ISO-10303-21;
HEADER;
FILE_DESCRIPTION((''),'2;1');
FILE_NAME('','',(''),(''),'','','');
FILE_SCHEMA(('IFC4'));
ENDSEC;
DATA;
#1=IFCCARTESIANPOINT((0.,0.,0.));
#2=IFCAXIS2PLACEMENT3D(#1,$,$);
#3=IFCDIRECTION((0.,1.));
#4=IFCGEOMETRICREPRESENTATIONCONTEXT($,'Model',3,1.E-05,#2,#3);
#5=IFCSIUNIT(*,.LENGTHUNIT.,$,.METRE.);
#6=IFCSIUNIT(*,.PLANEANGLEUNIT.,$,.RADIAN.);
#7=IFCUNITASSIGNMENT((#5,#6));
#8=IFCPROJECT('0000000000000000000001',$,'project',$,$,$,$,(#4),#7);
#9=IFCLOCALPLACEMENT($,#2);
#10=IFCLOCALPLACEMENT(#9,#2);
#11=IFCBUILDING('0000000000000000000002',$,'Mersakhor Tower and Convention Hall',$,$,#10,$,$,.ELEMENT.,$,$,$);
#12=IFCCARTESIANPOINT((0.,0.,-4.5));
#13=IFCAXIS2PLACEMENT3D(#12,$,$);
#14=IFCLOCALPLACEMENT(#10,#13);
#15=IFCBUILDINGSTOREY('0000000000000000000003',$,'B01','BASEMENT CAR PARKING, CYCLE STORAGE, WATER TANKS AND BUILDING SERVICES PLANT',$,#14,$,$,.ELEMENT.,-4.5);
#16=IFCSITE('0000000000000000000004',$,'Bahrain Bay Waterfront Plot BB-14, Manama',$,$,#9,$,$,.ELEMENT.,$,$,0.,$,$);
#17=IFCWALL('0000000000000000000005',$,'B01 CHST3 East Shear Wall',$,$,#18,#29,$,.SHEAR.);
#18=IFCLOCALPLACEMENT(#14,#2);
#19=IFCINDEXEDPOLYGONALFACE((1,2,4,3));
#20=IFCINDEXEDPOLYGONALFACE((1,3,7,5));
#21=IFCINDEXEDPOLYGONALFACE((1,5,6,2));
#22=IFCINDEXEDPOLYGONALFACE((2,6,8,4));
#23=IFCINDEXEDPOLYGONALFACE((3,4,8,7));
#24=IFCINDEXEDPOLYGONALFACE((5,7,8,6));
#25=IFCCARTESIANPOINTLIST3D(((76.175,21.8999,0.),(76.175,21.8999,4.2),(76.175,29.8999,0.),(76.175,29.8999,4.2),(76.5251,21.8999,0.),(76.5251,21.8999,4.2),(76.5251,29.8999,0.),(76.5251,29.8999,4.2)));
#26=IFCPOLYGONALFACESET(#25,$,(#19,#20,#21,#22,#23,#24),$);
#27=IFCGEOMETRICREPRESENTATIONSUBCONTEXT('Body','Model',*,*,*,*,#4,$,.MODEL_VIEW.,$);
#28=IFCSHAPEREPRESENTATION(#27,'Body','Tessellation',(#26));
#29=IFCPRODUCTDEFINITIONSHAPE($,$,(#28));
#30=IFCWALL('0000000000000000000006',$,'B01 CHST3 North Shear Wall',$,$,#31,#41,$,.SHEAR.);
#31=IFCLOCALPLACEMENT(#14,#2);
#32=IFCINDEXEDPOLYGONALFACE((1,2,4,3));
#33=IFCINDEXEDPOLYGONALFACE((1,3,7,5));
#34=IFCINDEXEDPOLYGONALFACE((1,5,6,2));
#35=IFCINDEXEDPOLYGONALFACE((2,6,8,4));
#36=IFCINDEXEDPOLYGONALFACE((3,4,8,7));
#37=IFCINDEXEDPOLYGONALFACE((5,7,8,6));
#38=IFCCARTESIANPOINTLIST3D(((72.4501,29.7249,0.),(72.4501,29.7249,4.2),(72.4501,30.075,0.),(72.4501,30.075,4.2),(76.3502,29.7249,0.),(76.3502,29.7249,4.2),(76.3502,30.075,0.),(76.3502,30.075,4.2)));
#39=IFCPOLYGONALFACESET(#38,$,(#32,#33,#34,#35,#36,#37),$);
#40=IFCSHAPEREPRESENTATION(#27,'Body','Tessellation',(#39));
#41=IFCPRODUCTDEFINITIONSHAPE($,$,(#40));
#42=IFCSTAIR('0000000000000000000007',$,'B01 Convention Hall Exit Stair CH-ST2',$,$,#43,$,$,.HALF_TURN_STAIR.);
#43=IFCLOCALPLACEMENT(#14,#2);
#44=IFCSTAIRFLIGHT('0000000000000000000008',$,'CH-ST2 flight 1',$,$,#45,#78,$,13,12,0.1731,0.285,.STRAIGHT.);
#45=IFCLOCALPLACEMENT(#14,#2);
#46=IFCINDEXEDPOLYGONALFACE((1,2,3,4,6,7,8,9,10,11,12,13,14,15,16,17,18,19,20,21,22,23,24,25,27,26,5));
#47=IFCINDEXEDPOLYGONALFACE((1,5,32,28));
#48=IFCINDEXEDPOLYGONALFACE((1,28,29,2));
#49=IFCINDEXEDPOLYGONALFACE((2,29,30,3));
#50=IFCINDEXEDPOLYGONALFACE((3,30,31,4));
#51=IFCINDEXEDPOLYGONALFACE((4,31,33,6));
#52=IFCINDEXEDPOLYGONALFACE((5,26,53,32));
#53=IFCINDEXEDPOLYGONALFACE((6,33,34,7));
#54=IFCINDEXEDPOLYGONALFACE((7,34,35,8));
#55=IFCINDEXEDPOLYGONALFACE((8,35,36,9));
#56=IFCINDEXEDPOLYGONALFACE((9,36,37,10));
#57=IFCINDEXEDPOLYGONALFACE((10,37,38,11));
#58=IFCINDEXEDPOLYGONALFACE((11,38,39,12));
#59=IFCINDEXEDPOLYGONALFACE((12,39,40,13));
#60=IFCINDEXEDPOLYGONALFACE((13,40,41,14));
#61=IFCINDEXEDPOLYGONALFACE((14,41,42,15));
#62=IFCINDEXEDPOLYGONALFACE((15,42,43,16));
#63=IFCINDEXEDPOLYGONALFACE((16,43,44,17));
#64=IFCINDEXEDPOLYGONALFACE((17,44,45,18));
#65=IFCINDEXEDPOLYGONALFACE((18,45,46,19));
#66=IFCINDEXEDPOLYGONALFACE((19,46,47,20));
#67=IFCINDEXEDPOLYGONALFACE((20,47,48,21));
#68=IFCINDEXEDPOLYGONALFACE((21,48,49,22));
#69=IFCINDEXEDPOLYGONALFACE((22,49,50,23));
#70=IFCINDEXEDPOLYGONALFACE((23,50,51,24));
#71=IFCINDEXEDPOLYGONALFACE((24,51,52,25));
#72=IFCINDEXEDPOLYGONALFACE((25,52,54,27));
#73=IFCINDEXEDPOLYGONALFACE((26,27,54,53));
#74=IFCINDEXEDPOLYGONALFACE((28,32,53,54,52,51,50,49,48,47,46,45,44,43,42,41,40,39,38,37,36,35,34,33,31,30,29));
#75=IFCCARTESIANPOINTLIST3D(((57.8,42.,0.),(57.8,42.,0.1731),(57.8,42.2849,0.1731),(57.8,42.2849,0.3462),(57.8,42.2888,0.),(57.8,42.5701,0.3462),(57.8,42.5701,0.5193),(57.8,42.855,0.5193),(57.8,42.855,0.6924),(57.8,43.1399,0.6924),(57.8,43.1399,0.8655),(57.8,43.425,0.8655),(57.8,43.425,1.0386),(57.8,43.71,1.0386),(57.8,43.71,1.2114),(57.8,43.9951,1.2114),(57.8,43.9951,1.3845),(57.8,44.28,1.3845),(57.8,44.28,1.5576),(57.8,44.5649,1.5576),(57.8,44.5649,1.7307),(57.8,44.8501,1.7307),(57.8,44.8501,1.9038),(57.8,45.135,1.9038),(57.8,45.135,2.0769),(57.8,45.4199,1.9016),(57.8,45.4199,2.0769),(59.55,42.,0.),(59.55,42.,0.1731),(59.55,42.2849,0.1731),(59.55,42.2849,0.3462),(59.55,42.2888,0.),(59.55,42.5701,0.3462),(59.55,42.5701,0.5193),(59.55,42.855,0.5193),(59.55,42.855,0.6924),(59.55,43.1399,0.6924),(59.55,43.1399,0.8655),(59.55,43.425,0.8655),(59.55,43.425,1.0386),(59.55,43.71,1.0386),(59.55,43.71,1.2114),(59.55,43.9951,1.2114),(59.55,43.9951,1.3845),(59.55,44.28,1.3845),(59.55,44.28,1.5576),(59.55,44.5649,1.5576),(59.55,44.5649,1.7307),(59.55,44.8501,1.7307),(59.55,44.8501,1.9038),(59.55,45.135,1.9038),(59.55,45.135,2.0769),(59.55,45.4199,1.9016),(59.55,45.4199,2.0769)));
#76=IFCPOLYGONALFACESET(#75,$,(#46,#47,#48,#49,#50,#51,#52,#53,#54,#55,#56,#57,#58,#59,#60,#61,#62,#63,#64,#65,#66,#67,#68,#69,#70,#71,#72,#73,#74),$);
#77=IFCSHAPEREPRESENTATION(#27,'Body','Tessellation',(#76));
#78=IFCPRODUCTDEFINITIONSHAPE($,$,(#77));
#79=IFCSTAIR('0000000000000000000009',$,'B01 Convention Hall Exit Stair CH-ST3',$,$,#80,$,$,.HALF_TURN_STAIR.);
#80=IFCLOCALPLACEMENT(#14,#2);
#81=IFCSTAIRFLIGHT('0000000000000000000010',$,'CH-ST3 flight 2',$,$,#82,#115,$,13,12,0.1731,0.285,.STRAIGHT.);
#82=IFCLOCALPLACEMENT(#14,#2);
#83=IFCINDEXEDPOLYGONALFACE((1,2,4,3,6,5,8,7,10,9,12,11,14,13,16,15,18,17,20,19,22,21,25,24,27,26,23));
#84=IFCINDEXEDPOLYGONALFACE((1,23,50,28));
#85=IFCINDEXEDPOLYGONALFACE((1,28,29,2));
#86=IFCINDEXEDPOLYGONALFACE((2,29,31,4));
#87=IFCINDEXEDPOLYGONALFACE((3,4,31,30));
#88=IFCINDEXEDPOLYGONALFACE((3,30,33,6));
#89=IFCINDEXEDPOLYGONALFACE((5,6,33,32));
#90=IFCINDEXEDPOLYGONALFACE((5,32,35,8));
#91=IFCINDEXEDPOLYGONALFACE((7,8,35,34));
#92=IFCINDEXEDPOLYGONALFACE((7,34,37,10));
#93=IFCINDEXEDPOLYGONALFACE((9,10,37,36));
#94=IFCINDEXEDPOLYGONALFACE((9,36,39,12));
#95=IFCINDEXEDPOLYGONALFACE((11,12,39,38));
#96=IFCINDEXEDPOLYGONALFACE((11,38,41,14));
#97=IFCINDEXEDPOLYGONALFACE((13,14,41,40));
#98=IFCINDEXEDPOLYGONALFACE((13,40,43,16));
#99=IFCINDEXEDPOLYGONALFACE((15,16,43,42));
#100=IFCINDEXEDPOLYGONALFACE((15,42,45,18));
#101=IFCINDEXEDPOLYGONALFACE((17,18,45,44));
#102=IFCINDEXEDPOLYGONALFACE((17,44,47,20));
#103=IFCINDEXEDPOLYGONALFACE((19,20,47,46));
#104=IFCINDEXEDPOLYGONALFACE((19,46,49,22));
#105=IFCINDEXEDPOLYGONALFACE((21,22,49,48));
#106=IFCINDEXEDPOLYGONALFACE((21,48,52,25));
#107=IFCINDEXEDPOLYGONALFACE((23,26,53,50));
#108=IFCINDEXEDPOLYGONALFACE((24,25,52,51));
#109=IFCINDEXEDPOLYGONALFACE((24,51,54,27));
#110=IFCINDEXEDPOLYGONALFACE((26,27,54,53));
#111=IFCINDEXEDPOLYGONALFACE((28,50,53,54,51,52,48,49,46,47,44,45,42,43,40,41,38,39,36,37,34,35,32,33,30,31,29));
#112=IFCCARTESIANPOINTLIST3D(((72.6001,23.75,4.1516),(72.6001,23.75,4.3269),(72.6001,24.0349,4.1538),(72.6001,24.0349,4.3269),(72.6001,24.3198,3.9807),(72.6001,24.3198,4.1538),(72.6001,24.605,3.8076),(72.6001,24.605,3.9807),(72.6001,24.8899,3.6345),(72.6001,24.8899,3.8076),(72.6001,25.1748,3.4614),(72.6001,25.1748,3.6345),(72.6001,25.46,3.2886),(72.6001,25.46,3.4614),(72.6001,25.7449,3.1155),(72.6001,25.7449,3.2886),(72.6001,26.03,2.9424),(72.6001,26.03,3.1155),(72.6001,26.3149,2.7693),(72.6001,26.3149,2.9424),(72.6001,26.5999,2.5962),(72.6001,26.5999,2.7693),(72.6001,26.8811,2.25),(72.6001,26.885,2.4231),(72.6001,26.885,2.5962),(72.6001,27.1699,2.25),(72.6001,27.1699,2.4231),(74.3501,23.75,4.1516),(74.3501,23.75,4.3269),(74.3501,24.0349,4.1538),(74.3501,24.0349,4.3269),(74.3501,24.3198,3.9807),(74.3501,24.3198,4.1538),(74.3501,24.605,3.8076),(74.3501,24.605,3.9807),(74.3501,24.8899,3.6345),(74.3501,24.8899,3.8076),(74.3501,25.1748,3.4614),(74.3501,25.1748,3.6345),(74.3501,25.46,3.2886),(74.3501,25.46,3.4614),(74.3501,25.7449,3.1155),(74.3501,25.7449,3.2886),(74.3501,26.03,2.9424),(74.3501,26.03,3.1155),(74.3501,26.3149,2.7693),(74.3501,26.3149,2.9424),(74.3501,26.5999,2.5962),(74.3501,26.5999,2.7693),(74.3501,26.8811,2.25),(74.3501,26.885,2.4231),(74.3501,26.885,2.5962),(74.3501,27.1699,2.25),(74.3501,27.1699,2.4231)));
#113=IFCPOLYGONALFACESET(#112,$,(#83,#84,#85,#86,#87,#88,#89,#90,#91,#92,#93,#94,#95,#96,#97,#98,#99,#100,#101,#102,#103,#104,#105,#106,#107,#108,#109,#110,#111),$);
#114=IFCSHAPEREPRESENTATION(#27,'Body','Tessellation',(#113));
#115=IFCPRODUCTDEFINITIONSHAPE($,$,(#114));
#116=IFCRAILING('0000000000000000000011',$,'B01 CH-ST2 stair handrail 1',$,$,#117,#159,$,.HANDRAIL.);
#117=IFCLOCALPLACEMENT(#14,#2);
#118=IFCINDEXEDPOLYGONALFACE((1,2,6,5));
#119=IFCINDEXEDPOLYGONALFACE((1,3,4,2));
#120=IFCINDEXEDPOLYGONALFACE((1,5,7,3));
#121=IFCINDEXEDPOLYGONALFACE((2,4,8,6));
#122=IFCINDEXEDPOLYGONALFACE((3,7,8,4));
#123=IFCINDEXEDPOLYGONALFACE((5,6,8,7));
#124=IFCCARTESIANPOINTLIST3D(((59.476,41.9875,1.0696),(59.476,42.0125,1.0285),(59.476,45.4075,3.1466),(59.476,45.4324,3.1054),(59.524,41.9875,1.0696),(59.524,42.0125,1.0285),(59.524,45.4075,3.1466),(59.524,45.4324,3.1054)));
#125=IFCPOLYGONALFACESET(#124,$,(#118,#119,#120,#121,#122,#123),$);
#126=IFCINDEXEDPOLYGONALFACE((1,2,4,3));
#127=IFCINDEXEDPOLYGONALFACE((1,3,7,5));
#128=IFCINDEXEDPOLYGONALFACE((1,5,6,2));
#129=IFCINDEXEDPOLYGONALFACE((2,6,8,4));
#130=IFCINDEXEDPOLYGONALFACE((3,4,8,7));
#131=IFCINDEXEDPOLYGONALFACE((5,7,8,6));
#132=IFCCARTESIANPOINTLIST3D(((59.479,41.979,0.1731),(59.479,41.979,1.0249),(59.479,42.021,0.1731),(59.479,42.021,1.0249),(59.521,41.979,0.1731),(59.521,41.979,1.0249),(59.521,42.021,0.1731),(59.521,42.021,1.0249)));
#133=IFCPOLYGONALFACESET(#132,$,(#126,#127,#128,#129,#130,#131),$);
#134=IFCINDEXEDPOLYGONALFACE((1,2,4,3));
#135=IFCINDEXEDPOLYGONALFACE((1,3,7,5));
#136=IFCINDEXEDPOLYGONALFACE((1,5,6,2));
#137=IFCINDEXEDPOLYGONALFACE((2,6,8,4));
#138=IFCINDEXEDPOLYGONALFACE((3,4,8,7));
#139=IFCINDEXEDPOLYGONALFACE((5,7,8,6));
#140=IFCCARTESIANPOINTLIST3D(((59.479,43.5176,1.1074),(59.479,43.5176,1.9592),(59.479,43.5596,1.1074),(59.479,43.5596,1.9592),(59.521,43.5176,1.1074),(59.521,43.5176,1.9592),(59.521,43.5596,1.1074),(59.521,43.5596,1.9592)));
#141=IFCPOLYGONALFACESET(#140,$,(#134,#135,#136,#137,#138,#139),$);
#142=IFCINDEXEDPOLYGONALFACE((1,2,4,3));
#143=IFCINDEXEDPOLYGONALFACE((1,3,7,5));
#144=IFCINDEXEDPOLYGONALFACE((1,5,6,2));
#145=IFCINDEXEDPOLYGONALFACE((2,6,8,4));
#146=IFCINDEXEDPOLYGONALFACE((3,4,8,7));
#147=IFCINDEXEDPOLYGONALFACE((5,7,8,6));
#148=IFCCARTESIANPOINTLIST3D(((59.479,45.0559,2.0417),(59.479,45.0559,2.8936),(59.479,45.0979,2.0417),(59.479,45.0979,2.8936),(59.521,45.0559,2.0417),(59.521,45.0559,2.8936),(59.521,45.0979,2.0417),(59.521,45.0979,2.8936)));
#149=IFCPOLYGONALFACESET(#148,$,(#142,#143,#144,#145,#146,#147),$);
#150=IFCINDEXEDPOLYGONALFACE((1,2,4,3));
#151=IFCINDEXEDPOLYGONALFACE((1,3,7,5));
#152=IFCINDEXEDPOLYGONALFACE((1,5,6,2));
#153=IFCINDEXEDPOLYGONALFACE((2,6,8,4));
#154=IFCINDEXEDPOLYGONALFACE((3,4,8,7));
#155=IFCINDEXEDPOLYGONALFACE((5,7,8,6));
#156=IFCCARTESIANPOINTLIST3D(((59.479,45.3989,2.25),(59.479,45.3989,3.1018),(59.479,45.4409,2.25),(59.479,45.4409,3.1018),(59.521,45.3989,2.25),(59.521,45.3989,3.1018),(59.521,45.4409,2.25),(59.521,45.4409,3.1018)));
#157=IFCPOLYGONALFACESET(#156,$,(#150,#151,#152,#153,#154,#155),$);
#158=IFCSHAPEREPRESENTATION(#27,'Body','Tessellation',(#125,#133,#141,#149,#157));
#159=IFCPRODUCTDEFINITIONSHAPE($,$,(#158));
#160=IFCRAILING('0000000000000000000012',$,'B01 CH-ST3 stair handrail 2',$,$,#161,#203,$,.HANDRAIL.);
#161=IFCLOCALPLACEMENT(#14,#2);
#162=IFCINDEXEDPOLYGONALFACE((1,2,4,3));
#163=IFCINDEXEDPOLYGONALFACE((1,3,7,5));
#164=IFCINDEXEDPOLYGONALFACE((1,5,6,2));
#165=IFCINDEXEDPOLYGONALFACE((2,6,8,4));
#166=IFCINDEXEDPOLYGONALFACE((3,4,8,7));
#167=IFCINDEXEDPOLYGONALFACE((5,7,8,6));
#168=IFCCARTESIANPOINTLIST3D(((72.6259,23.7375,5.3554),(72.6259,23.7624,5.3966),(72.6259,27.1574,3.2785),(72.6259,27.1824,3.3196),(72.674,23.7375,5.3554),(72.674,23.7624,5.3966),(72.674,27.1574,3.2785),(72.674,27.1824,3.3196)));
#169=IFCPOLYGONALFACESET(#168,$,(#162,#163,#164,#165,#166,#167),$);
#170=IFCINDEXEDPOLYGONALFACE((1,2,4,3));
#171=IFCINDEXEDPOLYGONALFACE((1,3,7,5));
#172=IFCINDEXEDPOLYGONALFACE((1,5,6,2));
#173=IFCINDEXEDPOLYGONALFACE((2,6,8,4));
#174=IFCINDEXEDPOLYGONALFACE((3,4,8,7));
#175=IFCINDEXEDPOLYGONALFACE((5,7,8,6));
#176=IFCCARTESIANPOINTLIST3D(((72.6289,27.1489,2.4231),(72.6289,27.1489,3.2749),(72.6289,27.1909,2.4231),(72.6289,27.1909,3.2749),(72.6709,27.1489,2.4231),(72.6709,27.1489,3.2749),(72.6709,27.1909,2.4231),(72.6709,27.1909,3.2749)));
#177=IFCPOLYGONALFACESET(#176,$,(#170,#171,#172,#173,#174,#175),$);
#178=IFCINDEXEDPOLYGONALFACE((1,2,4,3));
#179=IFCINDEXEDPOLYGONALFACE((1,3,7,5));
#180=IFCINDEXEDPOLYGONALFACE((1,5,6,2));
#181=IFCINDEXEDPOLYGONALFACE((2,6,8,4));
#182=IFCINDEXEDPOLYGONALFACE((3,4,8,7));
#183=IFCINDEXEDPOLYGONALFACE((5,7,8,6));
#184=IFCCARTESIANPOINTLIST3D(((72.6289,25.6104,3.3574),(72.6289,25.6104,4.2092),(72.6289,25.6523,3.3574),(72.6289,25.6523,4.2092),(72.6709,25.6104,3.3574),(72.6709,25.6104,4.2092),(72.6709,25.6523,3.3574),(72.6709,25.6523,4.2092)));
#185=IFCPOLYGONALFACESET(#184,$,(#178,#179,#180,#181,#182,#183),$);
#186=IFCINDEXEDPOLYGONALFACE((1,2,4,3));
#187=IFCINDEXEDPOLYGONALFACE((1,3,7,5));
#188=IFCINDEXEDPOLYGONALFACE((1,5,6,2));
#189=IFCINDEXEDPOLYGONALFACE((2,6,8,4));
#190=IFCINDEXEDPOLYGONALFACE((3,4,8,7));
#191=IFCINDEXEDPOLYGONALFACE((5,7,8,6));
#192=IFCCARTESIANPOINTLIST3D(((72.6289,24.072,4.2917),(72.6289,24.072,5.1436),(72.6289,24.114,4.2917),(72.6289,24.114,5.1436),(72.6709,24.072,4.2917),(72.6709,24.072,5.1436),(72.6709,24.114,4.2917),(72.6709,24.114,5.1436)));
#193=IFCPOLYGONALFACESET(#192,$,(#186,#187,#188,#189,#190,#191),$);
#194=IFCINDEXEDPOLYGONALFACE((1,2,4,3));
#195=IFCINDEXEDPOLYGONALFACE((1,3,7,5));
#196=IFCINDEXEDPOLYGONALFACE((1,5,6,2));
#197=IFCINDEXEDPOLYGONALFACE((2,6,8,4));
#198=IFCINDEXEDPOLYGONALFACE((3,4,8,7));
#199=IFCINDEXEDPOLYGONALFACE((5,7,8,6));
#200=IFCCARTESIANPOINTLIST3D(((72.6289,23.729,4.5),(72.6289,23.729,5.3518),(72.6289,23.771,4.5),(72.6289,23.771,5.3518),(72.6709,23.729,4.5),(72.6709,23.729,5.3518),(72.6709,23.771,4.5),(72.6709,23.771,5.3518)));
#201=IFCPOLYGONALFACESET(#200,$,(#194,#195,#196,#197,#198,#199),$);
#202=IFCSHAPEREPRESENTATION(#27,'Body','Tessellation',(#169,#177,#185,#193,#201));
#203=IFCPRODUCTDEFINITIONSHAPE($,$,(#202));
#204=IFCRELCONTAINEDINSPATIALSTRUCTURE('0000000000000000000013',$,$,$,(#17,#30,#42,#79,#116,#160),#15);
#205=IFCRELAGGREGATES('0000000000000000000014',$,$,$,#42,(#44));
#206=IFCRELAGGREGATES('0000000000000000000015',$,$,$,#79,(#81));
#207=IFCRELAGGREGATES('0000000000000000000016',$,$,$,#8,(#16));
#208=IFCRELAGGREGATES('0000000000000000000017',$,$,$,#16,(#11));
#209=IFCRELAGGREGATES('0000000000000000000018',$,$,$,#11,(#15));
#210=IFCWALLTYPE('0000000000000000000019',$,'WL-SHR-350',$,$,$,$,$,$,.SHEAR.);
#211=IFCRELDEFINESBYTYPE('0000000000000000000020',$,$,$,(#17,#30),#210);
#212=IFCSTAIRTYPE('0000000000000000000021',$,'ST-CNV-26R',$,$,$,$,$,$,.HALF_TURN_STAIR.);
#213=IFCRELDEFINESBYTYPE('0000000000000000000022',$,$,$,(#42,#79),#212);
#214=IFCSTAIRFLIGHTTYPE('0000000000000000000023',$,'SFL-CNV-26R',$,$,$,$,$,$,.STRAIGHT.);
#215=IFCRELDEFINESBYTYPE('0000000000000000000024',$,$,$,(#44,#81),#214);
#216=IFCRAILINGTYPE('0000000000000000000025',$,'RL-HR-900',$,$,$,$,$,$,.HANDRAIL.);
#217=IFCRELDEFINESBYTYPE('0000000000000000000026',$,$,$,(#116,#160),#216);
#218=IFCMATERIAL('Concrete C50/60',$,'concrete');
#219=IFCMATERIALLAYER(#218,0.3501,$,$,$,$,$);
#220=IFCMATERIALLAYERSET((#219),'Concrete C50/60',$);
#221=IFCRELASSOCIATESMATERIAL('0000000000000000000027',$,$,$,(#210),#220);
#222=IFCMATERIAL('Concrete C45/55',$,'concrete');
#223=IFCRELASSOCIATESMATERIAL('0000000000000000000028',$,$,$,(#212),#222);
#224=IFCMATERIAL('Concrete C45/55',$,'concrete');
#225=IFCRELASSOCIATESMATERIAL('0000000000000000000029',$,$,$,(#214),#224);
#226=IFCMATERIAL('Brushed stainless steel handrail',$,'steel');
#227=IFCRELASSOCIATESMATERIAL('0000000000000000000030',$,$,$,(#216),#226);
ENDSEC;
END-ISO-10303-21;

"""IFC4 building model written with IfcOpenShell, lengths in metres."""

from ifc_helpers import new_model, si_unit, direction, frame, frame_2d, origin, origin_2d, place, context, subcontext, project, spatial, polyline, rectangle, outline, extrude, material, layer, layer_set, type_object, element, aggregate, save


model = new_model("IFC4")

# Units and contexts
model_context = context("Model", 3, precision=1e-05, world=origin(), true_north=direction((0.0, 1.0)))
body_context = subcontext(model_context, "Body", "Model", "MODEL_VIEW")
ifc_project = project(units=[si_unit("LENGTHUNIT", "METRE"), si_unit("PLANEANGLEUNIT", "RADIAN")], contexts=[model_context])

# Site, building, storey
site_placement = place(None, origin())
site = spatial("IfcSite", under=ifc_project, at=site_placement, Name="Bahrain Bay Waterfront Plot BB-14, Manama", CompositionType="ELEMENT", RefElevation=0.0)
building_placement = place(site_placement, origin())
building = spatial("IfcBuilding", under=site, at=building_placement, Name="Mersakhor Tower and Convention Hall", CompositionType="ELEMENT")
storey_placement = place(building_placement, frame((0.0, 0.0, -4.5)))
storey = spatial("IfcBuildingStorey", under=building, at=storey_placement, Name="B01", Description="BASEMENT CAR PARKING, CYCLE STORAGE, WATER TANKS AND BUILDING SERVICES PLANT", CompositionType="ELEMENT", Elevation=-4.5)

# Shared definitions
ifc_material_1 = material(Name="Concrete C50/60", Category="concrete")
ifc_layer_1 = layer(ifc_material_1, 0.3501)
ifc_layer_set_1 = layer_set([ifc_layer_1], Name="Concrete C50/60")
wall_type_1 = type_object("IfcWallType", Name="WL-SHR-350", PredefinedType="SHEAR", material=ifc_layer_set_1)

# Walls
for number, where, z_axis, x_axis, name in (
    (1, (76.3501, 29.8999, 0.0), (0.0, 0.0, 1.0), (0.0, -1.0, 0.0), "B01 CHST3 East Shear Wall"),
):
    element("IfcWall", number, at=place(storey_placement, frame(where, z_axis=z_axis, x_axis=x_axis)), inside=storey, type_object=wall_type_1, Name=name, PredefinedType="SHEAR", context=body_context, shape_type="SweptSolid", body=[
        extrude(rectangle(XDim=8.0, YDim=0.3501, at=frame_2d((4.0, 0.0))), origin(), (0.0, 0.0, 1.0), 4.2),
    ])
wall_1_placement = place(storey_placement, frame((72.45, 29.8999, 0.0), z_axis=(0.0, 0.0, 1.0), x_axis=(1.0, 0.0, 0.0)))
element("IfcWall", 2, at=wall_1_placement, inside=storey, type_object=wall_type_1, Name="B01 CHST3 North Shear Wall", PredefinedType="SHEAR", context=body_context, shape_type="SweptSolid", body=[
    extrude(rectangle(XDim=3.9001, YDim=0.3501, at=frame_2d((1.9502, 0.0))), origin(), (0.0, 0.0, 1.0), 4.2),
])

# Stairs, stair flights
ifc_material_2 = material(Name="Concrete C45/55", Category="concrete")
stair_type = type_object("IfcStairType", Name="ST-CNV-26R", PredefinedType="HALF_TURN_STAIR", material=ifc_material_2)
stair_1_placement = place(storey_placement, origin())
stair_1 = element("IfcStair", 3, at=stair_1_placement, inside=storey, type_object=stair_type, Name="B01 Convention Hall Exit Stair CH-ST2", PredefinedType="HALF_TURN_STAIR")
ifc_material_3 = material(Name="Concrete C45/55", Category="concrete")
stair_flight_type = type_object("IfcStairFlightType", Name="SFL-CNV-26R", PredefinedType="STRAIGHT", material=ifc_material_3)
stair_flight_1_placement = place(storey_placement, frame((58.675, 42.0, 0.0), z_axis=(0.0, 0.0, 1.0), x_axis=(0.0, 1.0, 0.0)))
stair_flight_1 = element("IfcStairFlight", 4, at=stair_flight_1_placement, type_object=stair_flight_type, Name="CH-ST2 flight 1", NumberOfRisers=13, NumberOfTreads=12, PredefinedType="STRAIGHT", RiserHeight=0.1731, TreadLength=0.285, context=body_context, shape_type="SweptSolid", body=[
    extrude(outline(polyline([(0.0, 0.0), (0.0, 0.1731), (0.2849, 0.1731), (0.2849, 0.3462), (0.5701, 0.3462), (0.5701, 0.5193), (0.855, 0.5193), (0.855, 0.6924), (1.1399, 0.6924), (1.1399, 0.8655), (1.425, 0.8655), (1.425, 1.0386), (1.71, 1.0386), (1.71, 1.2114), (1.9951, 1.2114), (1.9951, 1.3845), (2.28, 1.3845), (2.28, 1.5576), (2.5649, 1.5576), (2.5649, 1.7307), (2.8501, 1.7307), (2.8501, 1.9038), (3.135, 1.9038), (3.135, 2.0769), (3.4199, 2.0769), (3.4199, 2.25), (3.4199, 1.9016), (0.2888, 0.0), (0.0, 0.0)])), frame((0.0, 0.875, 0.0), z_axis=(0.0, -1.0, 0.0), x_axis=(1.0, 0.0, 0.0)), (0.0, 0.0, 1.0), 1.75),
])
aggregate(stair_1, [stair_flight_1])
stair_2_placement = place(storey_placement, origin())
stair_2 = element("IfcStair", 5, at=stair_2_placement, inside=storey, type_object=stair_type, Name="B01 Convention Hall Exit Stair CH-ST3", PredefinedType="HALF_TURN_STAIR")
stair_flight_2_placement = place(storey_placement, frame((73.4751, 27.1699, 2.25), z_axis=(0.0, 0.0, 1.0), x_axis=(0.0, -1.0, 0.0)))
stair_flight_2 = element("IfcStairFlight", 6, at=stair_flight_2_placement, type_object=stair_flight_type, Name="CH-ST3 flight 2", NumberOfRisers=13, NumberOfTreads=12, PredefinedType="STRAIGHT", RiserHeight=0.1731, TreadLength=0.285, context=body_context, shape_type="SweptSolid", body=[
    extrude(outline(polyline([(0.0, 0.0), (0.0, 0.1731), (0.2849, 0.1731), (0.2849, 0.3462), (0.5701, 0.3462), (0.5701, 0.5193), (0.855, 0.5193), (0.855, 0.6924), (1.1399, 0.6924), (1.1399, 0.8655), (1.425, 0.8655), (1.425, 1.0386), (1.71, 1.0386), (1.71, 1.2114), (1.9951, 1.2114), (1.9951, 1.3845), (2.28, 1.3845), (2.28, 1.5576), (2.5649, 1.5576), (2.5649, 1.7307), (2.8501, 1.7307), (2.8501, 1.9038), (3.135, 1.9038), (3.135, 2.0769), (3.4199, 2.0769), (3.4199, 2.25), (3.4199, 1.9016), (0.2888, 0.0), (0.0, 0.0)])), frame((0.0, 0.875, 0.0), z_axis=(0.0, -1.0, 0.0), x_axis=(1.0, 0.0, 0.0)), (0.0, 0.0, 1.0), 1.75),
])
aggregate(stair_2, [stair_flight_2])

# Railings
ifc_material_4 = material(Name="Brushed stainless steel handrail", Category="steel")
railing_type_1 = type_object("IfcRailingType", Name="RL-HR-900", PredefinedType="HANDRAIL", material=ifc_material_4)
railing_1_placement = place(storey_placement, frame((59.5, 42.0, 0.1731)))
element("IfcRailing", 7, at=railing_1_placement, inside=storey, type_object=railing_type_1, Name="B01 CH-ST2 stair handrail 1", PredefinedType="HANDRAIL", context=body_context, shape_type="SweptSolid", body=[
    extrude(rectangle(XDim=0.0481, YDim=0.0481, at=origin_2d()), frame((0.0, 0.0, 0.876), z_axis=(0.0, 0.85473, 0.519074), x_axis=(-1.0, 0.0, 0.0)), (0.0, 0.0, 1.0), 4.0012),
    extrude(rectangle(XDim=0.042, YDim=0.042, at=origin_2d()), origin(), (0.0, 0.0, 1.0), 0.8518),
    extrude(rectangle(XDim=0.042, YDim=0.042, at=origin_2d()), frame((0.0, 1.5386, 0.9343)), (0.0, 0.0, 1.0), 0.8518),
    extrude(rectangle(XDim=0.042, YDim=0.042, at=origin_2d()), frame((0.0, 3.0769, 1.8687)), (0.0, 0.0, 1.0), 0.8518),
    extrude(rectangle(XDim=0.042, YDim=0.042, at=origin_2d()), frame((0.0, 3.4199, 2.0769)), (0.0, 0.0, 1.0), 0.8518),
])
railing_2_placement = place(storey_placement, frame((72.6499, 27.1699, 2.4231)))
element("IfcRailing", 8, at=railing_2_placement, inside=storey, type_object=railing_type_1, Name="B01 CH-ST3 stair handrail 2", PredefinedType="HANDRAIL", context=body_context, shape_type="SweptSolid", body=[
    extrude(rectangle(XDim=0.0481, YDim=0.0481, at=origin_2d()), frame((0.0, 0.0, 0.876), z_axis=(0.0, -0.85473, 0.519074), x_axis=(1.0, 0.0, 0.0)), (0.0, 0.0, 1.0), 4.0012),
    extrude(rectangle(XDim=0.042, YDim=0.042, at=origin_2d()), origin(), (0.0, 0.0, 1.0), 0.8518),
    extrude(rectangle(XDim=0.042, YDim=0.042, at=origin_2d()), frame((0.0, -1.5386, 0.9343)), (0.0, 0.0, 1.0), 0.8518),
    extrude(rectangle(XDim=0.042, YDim=0.042, at=origin_2d()), frame((0.0, -3.0769, 1.8687)), (0.0, 0.0, 1.0), 0.8518),
    extrude(rectangle(XDim=0.042, YDim=0.042, at=origin_2d()), frame((0.0, -3.4199, 2.0769)), (0.0, 0.0, 1.0), 0.8518),
])

save(model, "model.ifc")
